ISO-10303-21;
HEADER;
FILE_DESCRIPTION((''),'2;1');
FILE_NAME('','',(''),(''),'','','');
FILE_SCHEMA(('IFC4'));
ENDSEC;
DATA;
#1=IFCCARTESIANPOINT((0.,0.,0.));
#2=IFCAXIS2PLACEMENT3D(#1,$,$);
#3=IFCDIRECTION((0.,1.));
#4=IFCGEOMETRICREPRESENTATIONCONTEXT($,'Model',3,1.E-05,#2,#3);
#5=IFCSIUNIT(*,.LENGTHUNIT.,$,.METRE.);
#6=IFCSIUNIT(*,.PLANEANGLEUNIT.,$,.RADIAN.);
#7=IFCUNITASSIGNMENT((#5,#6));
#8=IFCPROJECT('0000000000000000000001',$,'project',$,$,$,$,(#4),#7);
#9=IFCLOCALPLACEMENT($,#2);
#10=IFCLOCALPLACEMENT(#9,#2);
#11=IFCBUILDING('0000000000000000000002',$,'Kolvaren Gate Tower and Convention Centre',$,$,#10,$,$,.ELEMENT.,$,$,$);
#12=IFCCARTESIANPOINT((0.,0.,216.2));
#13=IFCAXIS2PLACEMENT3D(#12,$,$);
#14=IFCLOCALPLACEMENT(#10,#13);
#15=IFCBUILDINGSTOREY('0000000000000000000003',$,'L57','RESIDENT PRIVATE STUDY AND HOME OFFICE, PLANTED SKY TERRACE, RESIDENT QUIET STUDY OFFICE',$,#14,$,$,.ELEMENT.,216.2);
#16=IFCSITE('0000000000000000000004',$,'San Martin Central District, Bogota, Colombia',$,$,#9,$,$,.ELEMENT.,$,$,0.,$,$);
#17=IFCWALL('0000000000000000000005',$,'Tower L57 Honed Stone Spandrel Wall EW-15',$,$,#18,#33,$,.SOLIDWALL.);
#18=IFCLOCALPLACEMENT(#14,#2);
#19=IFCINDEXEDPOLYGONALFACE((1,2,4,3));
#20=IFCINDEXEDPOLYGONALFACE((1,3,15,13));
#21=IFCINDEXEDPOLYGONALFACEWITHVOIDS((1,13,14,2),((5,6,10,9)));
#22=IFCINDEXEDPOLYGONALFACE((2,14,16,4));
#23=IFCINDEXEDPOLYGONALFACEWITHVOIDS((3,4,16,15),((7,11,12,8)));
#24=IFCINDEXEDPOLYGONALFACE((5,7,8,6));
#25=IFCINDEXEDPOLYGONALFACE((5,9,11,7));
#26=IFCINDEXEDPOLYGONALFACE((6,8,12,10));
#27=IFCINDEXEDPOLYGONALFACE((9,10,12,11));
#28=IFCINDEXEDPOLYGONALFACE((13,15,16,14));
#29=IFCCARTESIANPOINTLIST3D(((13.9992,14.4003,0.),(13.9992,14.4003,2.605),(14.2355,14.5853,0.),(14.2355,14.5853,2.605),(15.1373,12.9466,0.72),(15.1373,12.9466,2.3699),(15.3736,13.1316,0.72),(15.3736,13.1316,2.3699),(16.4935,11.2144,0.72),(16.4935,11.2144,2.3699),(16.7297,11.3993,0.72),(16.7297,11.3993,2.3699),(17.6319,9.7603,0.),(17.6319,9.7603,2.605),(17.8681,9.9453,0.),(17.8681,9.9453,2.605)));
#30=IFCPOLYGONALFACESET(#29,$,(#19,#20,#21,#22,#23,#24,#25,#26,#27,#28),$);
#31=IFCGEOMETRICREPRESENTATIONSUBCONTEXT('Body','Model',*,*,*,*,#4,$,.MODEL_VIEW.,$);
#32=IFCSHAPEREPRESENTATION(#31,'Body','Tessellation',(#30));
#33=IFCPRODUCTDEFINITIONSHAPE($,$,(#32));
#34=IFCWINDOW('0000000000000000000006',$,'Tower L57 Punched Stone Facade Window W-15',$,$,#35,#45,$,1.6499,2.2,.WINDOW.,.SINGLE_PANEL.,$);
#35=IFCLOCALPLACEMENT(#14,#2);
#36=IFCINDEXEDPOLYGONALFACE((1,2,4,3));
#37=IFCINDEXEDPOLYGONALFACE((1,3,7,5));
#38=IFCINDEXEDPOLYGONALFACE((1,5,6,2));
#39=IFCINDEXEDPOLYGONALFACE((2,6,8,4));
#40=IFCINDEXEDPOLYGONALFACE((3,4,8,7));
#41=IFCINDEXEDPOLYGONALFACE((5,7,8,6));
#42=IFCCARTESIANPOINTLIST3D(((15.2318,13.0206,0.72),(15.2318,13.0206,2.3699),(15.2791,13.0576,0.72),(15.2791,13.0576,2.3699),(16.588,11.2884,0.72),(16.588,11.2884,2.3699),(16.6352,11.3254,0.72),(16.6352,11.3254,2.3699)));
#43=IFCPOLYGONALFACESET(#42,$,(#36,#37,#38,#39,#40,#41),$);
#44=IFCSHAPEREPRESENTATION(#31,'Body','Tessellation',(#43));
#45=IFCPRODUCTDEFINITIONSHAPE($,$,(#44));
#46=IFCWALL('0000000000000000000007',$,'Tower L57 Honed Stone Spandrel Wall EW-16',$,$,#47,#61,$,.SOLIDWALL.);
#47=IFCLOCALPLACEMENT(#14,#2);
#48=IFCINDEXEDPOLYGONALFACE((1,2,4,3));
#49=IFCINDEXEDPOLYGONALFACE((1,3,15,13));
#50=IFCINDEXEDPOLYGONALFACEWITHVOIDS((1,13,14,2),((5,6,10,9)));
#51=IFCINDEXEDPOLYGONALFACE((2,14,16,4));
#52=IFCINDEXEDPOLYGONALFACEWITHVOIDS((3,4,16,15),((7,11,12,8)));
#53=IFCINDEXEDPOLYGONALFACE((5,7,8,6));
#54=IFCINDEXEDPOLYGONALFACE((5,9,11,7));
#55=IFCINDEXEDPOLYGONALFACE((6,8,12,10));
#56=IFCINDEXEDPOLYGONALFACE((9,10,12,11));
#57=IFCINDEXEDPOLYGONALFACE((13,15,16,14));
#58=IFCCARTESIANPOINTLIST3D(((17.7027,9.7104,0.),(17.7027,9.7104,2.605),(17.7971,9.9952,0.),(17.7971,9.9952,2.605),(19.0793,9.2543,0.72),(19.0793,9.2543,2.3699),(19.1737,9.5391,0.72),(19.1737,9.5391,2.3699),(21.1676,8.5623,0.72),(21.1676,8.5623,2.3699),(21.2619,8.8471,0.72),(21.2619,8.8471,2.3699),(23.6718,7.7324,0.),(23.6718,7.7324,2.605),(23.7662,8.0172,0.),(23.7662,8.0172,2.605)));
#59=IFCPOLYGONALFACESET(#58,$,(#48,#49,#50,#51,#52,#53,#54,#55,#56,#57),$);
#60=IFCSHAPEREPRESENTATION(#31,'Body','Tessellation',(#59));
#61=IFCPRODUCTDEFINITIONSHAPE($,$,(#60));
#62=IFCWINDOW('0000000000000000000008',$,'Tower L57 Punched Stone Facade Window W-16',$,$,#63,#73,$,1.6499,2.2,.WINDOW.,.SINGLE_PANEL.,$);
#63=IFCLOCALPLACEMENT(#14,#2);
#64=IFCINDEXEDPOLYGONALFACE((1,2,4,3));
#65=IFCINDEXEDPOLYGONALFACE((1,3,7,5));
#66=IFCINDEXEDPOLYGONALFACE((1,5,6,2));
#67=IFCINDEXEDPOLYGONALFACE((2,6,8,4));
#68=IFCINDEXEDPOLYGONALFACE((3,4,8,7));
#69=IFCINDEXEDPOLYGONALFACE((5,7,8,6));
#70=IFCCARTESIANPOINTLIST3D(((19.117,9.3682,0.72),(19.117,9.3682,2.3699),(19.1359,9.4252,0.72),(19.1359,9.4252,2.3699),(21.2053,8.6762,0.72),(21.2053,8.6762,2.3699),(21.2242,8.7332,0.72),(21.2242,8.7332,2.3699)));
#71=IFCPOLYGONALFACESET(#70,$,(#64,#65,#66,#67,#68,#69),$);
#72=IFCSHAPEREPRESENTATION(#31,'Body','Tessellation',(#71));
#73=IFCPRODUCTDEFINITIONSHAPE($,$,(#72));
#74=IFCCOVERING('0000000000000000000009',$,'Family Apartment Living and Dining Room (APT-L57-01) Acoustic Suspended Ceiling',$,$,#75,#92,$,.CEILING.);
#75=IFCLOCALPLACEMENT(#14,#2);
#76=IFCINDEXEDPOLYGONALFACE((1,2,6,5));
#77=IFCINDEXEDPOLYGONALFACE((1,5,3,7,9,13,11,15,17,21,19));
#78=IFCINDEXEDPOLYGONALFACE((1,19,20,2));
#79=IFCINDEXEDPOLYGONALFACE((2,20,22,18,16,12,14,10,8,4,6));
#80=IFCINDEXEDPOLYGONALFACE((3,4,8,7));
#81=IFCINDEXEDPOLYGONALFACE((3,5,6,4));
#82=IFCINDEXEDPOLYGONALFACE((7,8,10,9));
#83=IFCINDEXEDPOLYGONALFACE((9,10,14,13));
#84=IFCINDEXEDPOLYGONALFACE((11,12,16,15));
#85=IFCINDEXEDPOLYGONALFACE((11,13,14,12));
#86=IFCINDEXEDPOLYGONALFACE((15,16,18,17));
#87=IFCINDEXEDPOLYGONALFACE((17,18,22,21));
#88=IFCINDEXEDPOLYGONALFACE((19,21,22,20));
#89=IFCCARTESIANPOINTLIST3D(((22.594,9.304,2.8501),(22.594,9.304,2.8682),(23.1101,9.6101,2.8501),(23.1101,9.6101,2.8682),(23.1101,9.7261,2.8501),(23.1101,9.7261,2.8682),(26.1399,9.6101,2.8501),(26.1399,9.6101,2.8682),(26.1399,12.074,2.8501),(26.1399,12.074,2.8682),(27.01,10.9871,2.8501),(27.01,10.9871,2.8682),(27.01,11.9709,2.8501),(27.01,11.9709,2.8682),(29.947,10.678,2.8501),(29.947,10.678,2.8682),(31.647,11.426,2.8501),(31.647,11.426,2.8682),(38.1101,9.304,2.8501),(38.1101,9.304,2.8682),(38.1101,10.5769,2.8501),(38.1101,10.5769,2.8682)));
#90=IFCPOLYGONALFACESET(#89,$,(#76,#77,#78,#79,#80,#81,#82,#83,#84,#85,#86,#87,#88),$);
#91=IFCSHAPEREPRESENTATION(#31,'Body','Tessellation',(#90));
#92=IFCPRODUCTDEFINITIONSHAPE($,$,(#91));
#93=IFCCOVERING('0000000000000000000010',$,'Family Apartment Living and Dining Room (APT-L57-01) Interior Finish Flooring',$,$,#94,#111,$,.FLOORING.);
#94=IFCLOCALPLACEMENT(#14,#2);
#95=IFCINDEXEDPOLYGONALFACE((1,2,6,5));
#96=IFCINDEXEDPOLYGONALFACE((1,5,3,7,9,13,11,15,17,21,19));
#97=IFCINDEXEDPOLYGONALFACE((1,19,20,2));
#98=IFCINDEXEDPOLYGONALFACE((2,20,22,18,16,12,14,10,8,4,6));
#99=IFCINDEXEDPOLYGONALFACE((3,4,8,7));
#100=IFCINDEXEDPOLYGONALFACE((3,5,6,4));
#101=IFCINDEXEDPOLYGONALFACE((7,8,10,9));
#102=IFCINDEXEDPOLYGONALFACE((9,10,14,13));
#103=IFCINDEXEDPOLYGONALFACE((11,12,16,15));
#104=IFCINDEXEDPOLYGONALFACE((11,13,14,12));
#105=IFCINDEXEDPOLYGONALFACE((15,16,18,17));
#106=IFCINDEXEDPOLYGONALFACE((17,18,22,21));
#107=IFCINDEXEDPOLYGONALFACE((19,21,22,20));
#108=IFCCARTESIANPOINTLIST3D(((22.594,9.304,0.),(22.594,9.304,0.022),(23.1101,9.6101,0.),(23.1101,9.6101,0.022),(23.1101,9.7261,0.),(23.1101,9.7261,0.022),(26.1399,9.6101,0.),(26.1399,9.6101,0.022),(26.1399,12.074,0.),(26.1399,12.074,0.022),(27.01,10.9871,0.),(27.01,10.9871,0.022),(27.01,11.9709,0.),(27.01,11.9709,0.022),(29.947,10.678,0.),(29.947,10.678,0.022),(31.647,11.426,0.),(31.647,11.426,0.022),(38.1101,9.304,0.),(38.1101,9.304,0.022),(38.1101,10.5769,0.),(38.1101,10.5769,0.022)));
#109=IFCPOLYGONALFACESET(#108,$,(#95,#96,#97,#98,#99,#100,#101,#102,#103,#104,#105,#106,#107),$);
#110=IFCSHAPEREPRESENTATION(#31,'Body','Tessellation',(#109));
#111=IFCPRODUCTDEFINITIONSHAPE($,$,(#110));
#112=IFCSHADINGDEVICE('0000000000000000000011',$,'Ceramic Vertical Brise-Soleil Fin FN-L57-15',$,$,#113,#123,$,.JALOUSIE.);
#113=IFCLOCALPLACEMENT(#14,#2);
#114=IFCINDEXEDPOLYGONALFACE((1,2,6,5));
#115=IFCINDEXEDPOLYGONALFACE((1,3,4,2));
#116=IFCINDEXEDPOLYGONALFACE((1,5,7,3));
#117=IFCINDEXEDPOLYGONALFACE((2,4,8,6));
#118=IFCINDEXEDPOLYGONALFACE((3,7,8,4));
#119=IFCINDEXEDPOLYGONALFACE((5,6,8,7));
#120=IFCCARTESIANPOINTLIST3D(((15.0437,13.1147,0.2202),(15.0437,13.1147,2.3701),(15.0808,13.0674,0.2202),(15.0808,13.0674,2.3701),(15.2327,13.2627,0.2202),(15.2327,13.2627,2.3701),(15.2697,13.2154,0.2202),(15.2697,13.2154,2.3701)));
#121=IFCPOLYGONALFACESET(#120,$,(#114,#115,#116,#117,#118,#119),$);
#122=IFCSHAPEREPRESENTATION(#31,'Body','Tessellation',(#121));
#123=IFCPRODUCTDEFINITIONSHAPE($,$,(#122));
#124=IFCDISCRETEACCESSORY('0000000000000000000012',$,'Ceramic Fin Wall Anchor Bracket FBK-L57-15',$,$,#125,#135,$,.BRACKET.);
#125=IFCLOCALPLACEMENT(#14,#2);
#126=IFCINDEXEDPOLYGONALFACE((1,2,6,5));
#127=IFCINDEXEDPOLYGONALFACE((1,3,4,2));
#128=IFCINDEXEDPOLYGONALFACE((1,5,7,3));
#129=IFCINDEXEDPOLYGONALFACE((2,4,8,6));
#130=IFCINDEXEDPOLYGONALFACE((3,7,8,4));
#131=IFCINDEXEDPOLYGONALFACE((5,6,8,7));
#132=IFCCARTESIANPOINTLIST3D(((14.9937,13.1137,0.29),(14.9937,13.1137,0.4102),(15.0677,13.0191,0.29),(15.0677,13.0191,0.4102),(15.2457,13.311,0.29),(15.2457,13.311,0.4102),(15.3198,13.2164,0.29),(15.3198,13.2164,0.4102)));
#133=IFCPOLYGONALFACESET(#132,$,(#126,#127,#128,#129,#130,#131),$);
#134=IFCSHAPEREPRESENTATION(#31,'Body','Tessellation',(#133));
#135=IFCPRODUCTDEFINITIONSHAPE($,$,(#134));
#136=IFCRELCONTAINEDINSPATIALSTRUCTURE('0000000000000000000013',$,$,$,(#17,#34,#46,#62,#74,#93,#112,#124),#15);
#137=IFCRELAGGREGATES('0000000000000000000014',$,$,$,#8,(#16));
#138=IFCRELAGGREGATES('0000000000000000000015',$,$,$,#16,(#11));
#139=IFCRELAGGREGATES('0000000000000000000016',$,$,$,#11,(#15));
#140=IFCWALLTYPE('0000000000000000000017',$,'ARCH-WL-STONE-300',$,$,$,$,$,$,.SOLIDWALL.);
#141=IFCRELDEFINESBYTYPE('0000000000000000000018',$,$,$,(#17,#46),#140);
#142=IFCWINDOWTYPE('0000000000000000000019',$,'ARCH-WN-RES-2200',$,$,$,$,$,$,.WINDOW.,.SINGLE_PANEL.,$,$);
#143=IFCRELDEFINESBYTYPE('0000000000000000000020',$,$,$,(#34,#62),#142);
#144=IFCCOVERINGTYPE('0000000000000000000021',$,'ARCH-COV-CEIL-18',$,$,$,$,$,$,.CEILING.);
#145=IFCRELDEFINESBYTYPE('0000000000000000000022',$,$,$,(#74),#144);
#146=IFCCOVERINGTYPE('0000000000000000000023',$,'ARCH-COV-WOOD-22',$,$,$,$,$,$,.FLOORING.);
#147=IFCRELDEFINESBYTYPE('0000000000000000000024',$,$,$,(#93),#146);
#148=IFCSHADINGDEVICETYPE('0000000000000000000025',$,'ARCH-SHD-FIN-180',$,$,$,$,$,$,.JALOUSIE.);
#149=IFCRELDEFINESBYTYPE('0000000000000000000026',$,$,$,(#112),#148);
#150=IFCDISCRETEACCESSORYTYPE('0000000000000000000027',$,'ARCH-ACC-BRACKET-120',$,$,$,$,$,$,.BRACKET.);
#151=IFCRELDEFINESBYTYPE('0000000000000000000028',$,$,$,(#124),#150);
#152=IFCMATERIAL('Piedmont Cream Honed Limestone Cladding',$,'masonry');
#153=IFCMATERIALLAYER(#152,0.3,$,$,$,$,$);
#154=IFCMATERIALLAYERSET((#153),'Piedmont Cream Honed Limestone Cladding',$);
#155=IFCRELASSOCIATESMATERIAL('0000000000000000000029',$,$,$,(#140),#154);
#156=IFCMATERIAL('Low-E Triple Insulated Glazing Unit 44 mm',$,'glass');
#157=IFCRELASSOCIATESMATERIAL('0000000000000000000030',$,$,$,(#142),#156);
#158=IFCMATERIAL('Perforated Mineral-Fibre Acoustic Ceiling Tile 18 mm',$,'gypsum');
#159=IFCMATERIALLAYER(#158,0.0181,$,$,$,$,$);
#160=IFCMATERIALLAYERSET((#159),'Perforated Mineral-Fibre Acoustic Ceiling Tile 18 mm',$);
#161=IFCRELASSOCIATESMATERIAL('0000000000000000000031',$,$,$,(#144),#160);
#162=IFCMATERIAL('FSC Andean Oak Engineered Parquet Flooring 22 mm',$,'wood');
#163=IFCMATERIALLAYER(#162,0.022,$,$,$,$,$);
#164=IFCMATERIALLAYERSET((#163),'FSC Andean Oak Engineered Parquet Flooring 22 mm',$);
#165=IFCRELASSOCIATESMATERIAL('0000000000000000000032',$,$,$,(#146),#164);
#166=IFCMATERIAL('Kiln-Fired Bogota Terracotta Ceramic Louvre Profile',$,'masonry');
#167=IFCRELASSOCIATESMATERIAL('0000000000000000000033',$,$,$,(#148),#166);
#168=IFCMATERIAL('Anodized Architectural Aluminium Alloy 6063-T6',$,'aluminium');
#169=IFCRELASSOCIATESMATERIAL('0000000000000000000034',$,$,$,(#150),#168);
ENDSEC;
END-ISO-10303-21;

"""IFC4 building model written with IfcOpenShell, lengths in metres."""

from ifc_helpers import new_model, si_unit, direction, frame, frame_2d, origin, origin_2d, place, context, subcontext, project, spatial, polyline, rectangle, outline, extrude, material, layer, layer_set, type_object, element, fill, save


model = new_model("IFC4")

# Units and contexts
model_context = context("Model", 3, precision=1e-05, world=origin(), true_north=direction((0.0, 1.0)))
body_context = subcontext(model_context, "Body", "Model", "MODEL_VIEW")
ifc_project = project(units=[si_unit("LENGTHUNIT", "METRE"), si_unit("PLANEANGLEUNIT", "RADIAN")], contexts=[model_context])

# Site, building, storey
site_placement = place(None, origin())
site = spatial("IfcSite", under=ifc_project, at=site_placement, Name="San Martin Central District, Bogota, Colombia", CompositionType="ELEMENT", RefElevation=0.0)
building_placement = place(site_placement, origin())
building = spatial("IfcBuilding", under=site, at=building_placement, Name="Kolvaren Gate Tower and Convention Centre", CompositionType="ELEMENT")
storey_placement = place(building_placement, frame((0.0, 0.0, 216.2)))
storey = spatial("IfcBuildingStorey", under=building, at=storey_placement, Name="L57", Description="RESIDENT PRIVATE STUDY AND HOME OFFICE, PLANTED SKY TERRACE, RESIDENT QUIET STUDY OFFICE", CompositionType="ELEMENT", Elevation=216.2)

# Shared definitions
ifc_material_1 = material(Name="Piedmont Cream Honed Limestone Cladding", Category="masonry")

# Walls, openings, windows
ifc_layer_1 = layer(ifc_material_1, 0.3)
ifc_layer_set_1 = layer_set([ifc_layer_1], Name="Piedmont Cream Honed Limestone Cladding")
wall_type_1 = type_object("IfcWallType", Name="ARCH-WL-STONE-300", PredefinedType="SOLIDWALL", material=ifc_layer_set_1)
wall_1_placement = place(storey_placement, frame((14.1174, 14.4927, 0.0), z_axis=(0.0, 0.0, 1.0), x_axis=(0.61645, -0.787394, 0.0)))
wall_1 = element("IfcWall", 1, at=wall_1_placement, inside=storey, type_object=wall_type_1, Name="Tower L57 Honed Stone Spandrel Wall EW-15", PredefinedType="SOLIDWALL", context=body_context, shape_type="SweptSolid", body=[
    extrude(rectangle(XDim=5.8928, YDim=0.3, at=frame_2d((2.9463, 0.0))), origin(), (0.0, 0.0, 1.0), 2.605),
])
opening_1_placement = place(wall_1_placement, frame((1.8459, 0.0, 0.72)))
opening_1 = element("IfcOpeningElement", 2, at=opening_1_placement, cuts=wall_1, PredefinedType="OPENING", context=body_context, shape_type="SweptSolid", body=[
    extrude(rectangle(XDim=2.2, YDim=1.6499, at=frame_2d((1.1001, 0.825))), frame((0.0, 0.1599, 0.0), z_axis=(0.0, -1.0, 0.0), x_axis=(1.0, 0.0, 0.0)), (0.0, 0.0, 1.0), 0.3201),
])
ifc_material_2 = material(Name="Low-E Triple Insulated Glazing Unit 44 mm", Category="glass")
window_type = type_object("IfcWindowType", Name="ARCH-WN-RES-2200", PartitioningType="SINGLE_PANEL", PredefinedType="WINDOW", material=ifc_material_2)
window_1_placement = place(opening_1_placement, origin())
window_1 = element("IfcWindow", 3, at=window_1_placement, inside=storey, type_object=window_type, Name="Tower L57 Punched Stone Facade Window W-15", OverallHeight=1.6499, OverallWidth=2.2, PartitioningType="SINGLE_PANEL", PredefinedType="WINDOW", context=body_context, shape_type="SweptSolid", body=[
    extrude(rectangle(XDim=2.2, YDim=1.6499, at=frame_2d((1.1001, 0.825))), frame((0.0, 0.03, 0.0), z_axis=(0.0, -1.0, 0.0), x_axis=(1.0, 0.0, 0.0)), (0.0, 0.0, 1.0), 0.0601),
])
fill(opening_1, window_1)
wall_2_placement = place(storey_placement, frame((17.75, 9.8528, 0.0), z_axis=(0.0, 0.0, 1.0), x_axis=(0.949241, -0.31455, 0.0)))
wall_2 = element("IfcWall", 4, at=wall_2_placement, inside=storey, type_object=wall_type_1, Name="Tower L57 Honed Stone Spandrel Wall EW-16", PredefinedType="SOLIDWALL", context=body_context, shape_type="SweptSolid", body=[
    extrude(rectangle(XDim=6.2883, YDim=0.3, at=frame_2d((3.144, 0.0))), origin(), (0.0, 0.0, 1.0), 2.605),
])
opening_2_placement = place(wall_2_placement, frame((1.45, 0.0, 0.72)))
opening_2 = element("IfcOpeningElement", 5, at=opening_2_placement, cuts=wall_2, PredefinedType="OPENING", context=body_context, shape_type="SweptSolid", body=[
    extrude(rectangle(XDim=2.2, YDim=1.6499, at=frame_2d((1.1001, 0.825))), frame((0.0, 0.1599, 0.0), z_axis=(0.0, -1.0, 0.0), x_axis=(1.0, 0.0, 0.0)), (0.0, 0.0, 1.0), 0.3201),
])
window_2_placement = place(opening_2_placement, origin())
window_2 = element("IfcWindow", 6, at=window_2_placement, inside=storey, type_object=window_type, Name="Tower L57 Punched Stone Facade Window W-16", OverallHeight=1.6499, OverallWidth=2.2, PartitioningType="SINGLE_PANEL", PredefinedType="WINDOW", context=body_context, shape_type="SweptSolid", body=[
    extrude(rectangle(XDim=2.2, YDim=1.6499, at=frame_2d((1.1001, 0.825))), frame((0.0, 0.03, 0.0), z_axis=(0.0, -1.0, 0.0), x_axis=(1.0, 0.0, 0.0)), (0.0, 0.0, 1.0), 0.0601),
])
fill(opening_2, window_2)

# Coverings
ifc_material_3 = material(Name="Perforated Mineral-Fibre Acoustic Ceiling Tile 18 mm", Category="gypsum")
ifc_layer_2 = layer(ifc_material_3, 0.0181)
ifc_layer_set_2 = layer_set([ifc_layer_2], Name="Perforated Mineral-Fibre Acoustic Ceiling Tile 18 mm")
covering_type_1 = type_object("IfcCoveringType", Name="ARCH-COV-CEIL-18", PredefinedType="CEILING", material=ifc_layer_set_2)
covering_1_placement = place(storey_placement, frame((0.0, 0.0, 2.8501)))
element("IfcCovering", 7, at=covering_1_placement, inside=storey, type_object=covering_type_1, Name="Family Apartment Living and Dining Room (APT-L57-01) Acoustic Suspended Ceiling", PredefinedType="CEILING", context=body_context, shape_type="SweptSolid", body=[
    extrude(outline(polyline([(22.594, 9.304), (23.1101, 9.7261), (23.1101, 9.6101), (26.1399, 9.6101), (26.1399, 12.074), (27.01, 11.9709), (27.01, 10.9871), (29.947, 10.678), (31.647, 11.426), (38.1101, 10.5769), (38.1101, 9.304), (22.594, 9.304)])), origin(), (0.0, 0.0, 1.0), 0.0181),
])
ifc_material_4 = material(Name="FSC Andean Oak Engineered Parquet Flooring 22 mm", Category="wood")
ifc_layer_3 = layer(ifc_material_4, 0.022)
ifc_layer_set_3 = layer_set([ifc_layer_3], Name="FSC Andean Oak Engineered Parquet Flooring 22 mm")
covering_type_2 = type_object("IfcCoveringType", Name="ARCH-COV-WOOD-22", PredefinedType="FLOORING", material=ifc_layer_set_3)
covering_2_placement = place(storey_placement, origin())
element("IfcCovering", 8, at=covering_2_placement, inside=storey, type_object=covering_type_2, Name="Family Apartment Living and Dining Room (APT-L57-01) Interior Finish Flooring", PredefinedType="FLOORING", context=body_context, shape_type="SweptSolid", body=[
    extrude(outline(polyline([(22.594, 9.304), (23.1101, 9.7261), (23.1101, 9.6101), (26.1399, 9.6101), (26.1399, 12.074), (27.01, 11.9709), (27.01, 10.9871), (29.947, 10.678), (31.647, 11.426), (38.1101, 10.5769), (38.1101, 9.304), (22.594, 9.304)])), origin(), (0.0, 0.0, 1.0), 0.022),
])

# Shading device
ifc_material_5 = material(Name="Kiln-Fired Bogota Terracotta Ceramic Louvre Profile", Category="masonry")
shading_device_type = type_object("IfcShadingDeviceType", Name="ARCH-SHD-FIN-180", PredefinedType="JALOUSIE", material=ifc_material_5)
shading_device_placement = place(storey_placement, frame((15.1567, 13.165, 0.2202), z_axis=(0.0, 0.0, 1.0), x_axis=(0.616434, -0.787406, 0.0)))
element("IfcShadingDevice", 9, at=shading_device_placement, inside=storey, type_object=shading_device_type, Name="Ceramic Vertical Brise-Soleil Fin FN-L57-15", PredefinedType="JALOUSIE", context=body_context, shape_type="SweptSolid", body=[
    extrude(rectangle(XDim=0.0601, YDim=0.24, at=origin_2d()), origin(), (0.0, 0.0, 1.0), 2.1499),
])

# Discrete accessory
ifc_material_6 = material(Name="Anodized Architectural Aluminium Alloy 6063-T6", Category="aluminium")
discrete_accessory_type = type_object("IfcDiscreteAccessoryType", Name="ARCH-ACC-BRACKET-120", PredefinedType="BRACKET", material=ifc_material_6)
discrete_accessory_placement = place(storey_placement, frame((15.1567, 13.165, 0.29), z_axis=(0.0, 0.0, 1.0), x_axis=(0.616434, -0.787406, 0.0)))
element("IfcDiscreteAccessory", 10, at=discrete_accessory_placement, inside=storey, type_object=discrete_accessory_type, Name="Ceramic Fin Wall Anchor Bracket FBK-L57-15", PredefinedType="BRACKET", context=body_context, shape_type="SweptSolid", body=[
    extrude(rectangle(XDim=0.1201, YDim=0.3201, at=origin_2d()), origin(), (0.0, 0.0, 1.0), 0.1201),
])

save(model, "model.ifc")
